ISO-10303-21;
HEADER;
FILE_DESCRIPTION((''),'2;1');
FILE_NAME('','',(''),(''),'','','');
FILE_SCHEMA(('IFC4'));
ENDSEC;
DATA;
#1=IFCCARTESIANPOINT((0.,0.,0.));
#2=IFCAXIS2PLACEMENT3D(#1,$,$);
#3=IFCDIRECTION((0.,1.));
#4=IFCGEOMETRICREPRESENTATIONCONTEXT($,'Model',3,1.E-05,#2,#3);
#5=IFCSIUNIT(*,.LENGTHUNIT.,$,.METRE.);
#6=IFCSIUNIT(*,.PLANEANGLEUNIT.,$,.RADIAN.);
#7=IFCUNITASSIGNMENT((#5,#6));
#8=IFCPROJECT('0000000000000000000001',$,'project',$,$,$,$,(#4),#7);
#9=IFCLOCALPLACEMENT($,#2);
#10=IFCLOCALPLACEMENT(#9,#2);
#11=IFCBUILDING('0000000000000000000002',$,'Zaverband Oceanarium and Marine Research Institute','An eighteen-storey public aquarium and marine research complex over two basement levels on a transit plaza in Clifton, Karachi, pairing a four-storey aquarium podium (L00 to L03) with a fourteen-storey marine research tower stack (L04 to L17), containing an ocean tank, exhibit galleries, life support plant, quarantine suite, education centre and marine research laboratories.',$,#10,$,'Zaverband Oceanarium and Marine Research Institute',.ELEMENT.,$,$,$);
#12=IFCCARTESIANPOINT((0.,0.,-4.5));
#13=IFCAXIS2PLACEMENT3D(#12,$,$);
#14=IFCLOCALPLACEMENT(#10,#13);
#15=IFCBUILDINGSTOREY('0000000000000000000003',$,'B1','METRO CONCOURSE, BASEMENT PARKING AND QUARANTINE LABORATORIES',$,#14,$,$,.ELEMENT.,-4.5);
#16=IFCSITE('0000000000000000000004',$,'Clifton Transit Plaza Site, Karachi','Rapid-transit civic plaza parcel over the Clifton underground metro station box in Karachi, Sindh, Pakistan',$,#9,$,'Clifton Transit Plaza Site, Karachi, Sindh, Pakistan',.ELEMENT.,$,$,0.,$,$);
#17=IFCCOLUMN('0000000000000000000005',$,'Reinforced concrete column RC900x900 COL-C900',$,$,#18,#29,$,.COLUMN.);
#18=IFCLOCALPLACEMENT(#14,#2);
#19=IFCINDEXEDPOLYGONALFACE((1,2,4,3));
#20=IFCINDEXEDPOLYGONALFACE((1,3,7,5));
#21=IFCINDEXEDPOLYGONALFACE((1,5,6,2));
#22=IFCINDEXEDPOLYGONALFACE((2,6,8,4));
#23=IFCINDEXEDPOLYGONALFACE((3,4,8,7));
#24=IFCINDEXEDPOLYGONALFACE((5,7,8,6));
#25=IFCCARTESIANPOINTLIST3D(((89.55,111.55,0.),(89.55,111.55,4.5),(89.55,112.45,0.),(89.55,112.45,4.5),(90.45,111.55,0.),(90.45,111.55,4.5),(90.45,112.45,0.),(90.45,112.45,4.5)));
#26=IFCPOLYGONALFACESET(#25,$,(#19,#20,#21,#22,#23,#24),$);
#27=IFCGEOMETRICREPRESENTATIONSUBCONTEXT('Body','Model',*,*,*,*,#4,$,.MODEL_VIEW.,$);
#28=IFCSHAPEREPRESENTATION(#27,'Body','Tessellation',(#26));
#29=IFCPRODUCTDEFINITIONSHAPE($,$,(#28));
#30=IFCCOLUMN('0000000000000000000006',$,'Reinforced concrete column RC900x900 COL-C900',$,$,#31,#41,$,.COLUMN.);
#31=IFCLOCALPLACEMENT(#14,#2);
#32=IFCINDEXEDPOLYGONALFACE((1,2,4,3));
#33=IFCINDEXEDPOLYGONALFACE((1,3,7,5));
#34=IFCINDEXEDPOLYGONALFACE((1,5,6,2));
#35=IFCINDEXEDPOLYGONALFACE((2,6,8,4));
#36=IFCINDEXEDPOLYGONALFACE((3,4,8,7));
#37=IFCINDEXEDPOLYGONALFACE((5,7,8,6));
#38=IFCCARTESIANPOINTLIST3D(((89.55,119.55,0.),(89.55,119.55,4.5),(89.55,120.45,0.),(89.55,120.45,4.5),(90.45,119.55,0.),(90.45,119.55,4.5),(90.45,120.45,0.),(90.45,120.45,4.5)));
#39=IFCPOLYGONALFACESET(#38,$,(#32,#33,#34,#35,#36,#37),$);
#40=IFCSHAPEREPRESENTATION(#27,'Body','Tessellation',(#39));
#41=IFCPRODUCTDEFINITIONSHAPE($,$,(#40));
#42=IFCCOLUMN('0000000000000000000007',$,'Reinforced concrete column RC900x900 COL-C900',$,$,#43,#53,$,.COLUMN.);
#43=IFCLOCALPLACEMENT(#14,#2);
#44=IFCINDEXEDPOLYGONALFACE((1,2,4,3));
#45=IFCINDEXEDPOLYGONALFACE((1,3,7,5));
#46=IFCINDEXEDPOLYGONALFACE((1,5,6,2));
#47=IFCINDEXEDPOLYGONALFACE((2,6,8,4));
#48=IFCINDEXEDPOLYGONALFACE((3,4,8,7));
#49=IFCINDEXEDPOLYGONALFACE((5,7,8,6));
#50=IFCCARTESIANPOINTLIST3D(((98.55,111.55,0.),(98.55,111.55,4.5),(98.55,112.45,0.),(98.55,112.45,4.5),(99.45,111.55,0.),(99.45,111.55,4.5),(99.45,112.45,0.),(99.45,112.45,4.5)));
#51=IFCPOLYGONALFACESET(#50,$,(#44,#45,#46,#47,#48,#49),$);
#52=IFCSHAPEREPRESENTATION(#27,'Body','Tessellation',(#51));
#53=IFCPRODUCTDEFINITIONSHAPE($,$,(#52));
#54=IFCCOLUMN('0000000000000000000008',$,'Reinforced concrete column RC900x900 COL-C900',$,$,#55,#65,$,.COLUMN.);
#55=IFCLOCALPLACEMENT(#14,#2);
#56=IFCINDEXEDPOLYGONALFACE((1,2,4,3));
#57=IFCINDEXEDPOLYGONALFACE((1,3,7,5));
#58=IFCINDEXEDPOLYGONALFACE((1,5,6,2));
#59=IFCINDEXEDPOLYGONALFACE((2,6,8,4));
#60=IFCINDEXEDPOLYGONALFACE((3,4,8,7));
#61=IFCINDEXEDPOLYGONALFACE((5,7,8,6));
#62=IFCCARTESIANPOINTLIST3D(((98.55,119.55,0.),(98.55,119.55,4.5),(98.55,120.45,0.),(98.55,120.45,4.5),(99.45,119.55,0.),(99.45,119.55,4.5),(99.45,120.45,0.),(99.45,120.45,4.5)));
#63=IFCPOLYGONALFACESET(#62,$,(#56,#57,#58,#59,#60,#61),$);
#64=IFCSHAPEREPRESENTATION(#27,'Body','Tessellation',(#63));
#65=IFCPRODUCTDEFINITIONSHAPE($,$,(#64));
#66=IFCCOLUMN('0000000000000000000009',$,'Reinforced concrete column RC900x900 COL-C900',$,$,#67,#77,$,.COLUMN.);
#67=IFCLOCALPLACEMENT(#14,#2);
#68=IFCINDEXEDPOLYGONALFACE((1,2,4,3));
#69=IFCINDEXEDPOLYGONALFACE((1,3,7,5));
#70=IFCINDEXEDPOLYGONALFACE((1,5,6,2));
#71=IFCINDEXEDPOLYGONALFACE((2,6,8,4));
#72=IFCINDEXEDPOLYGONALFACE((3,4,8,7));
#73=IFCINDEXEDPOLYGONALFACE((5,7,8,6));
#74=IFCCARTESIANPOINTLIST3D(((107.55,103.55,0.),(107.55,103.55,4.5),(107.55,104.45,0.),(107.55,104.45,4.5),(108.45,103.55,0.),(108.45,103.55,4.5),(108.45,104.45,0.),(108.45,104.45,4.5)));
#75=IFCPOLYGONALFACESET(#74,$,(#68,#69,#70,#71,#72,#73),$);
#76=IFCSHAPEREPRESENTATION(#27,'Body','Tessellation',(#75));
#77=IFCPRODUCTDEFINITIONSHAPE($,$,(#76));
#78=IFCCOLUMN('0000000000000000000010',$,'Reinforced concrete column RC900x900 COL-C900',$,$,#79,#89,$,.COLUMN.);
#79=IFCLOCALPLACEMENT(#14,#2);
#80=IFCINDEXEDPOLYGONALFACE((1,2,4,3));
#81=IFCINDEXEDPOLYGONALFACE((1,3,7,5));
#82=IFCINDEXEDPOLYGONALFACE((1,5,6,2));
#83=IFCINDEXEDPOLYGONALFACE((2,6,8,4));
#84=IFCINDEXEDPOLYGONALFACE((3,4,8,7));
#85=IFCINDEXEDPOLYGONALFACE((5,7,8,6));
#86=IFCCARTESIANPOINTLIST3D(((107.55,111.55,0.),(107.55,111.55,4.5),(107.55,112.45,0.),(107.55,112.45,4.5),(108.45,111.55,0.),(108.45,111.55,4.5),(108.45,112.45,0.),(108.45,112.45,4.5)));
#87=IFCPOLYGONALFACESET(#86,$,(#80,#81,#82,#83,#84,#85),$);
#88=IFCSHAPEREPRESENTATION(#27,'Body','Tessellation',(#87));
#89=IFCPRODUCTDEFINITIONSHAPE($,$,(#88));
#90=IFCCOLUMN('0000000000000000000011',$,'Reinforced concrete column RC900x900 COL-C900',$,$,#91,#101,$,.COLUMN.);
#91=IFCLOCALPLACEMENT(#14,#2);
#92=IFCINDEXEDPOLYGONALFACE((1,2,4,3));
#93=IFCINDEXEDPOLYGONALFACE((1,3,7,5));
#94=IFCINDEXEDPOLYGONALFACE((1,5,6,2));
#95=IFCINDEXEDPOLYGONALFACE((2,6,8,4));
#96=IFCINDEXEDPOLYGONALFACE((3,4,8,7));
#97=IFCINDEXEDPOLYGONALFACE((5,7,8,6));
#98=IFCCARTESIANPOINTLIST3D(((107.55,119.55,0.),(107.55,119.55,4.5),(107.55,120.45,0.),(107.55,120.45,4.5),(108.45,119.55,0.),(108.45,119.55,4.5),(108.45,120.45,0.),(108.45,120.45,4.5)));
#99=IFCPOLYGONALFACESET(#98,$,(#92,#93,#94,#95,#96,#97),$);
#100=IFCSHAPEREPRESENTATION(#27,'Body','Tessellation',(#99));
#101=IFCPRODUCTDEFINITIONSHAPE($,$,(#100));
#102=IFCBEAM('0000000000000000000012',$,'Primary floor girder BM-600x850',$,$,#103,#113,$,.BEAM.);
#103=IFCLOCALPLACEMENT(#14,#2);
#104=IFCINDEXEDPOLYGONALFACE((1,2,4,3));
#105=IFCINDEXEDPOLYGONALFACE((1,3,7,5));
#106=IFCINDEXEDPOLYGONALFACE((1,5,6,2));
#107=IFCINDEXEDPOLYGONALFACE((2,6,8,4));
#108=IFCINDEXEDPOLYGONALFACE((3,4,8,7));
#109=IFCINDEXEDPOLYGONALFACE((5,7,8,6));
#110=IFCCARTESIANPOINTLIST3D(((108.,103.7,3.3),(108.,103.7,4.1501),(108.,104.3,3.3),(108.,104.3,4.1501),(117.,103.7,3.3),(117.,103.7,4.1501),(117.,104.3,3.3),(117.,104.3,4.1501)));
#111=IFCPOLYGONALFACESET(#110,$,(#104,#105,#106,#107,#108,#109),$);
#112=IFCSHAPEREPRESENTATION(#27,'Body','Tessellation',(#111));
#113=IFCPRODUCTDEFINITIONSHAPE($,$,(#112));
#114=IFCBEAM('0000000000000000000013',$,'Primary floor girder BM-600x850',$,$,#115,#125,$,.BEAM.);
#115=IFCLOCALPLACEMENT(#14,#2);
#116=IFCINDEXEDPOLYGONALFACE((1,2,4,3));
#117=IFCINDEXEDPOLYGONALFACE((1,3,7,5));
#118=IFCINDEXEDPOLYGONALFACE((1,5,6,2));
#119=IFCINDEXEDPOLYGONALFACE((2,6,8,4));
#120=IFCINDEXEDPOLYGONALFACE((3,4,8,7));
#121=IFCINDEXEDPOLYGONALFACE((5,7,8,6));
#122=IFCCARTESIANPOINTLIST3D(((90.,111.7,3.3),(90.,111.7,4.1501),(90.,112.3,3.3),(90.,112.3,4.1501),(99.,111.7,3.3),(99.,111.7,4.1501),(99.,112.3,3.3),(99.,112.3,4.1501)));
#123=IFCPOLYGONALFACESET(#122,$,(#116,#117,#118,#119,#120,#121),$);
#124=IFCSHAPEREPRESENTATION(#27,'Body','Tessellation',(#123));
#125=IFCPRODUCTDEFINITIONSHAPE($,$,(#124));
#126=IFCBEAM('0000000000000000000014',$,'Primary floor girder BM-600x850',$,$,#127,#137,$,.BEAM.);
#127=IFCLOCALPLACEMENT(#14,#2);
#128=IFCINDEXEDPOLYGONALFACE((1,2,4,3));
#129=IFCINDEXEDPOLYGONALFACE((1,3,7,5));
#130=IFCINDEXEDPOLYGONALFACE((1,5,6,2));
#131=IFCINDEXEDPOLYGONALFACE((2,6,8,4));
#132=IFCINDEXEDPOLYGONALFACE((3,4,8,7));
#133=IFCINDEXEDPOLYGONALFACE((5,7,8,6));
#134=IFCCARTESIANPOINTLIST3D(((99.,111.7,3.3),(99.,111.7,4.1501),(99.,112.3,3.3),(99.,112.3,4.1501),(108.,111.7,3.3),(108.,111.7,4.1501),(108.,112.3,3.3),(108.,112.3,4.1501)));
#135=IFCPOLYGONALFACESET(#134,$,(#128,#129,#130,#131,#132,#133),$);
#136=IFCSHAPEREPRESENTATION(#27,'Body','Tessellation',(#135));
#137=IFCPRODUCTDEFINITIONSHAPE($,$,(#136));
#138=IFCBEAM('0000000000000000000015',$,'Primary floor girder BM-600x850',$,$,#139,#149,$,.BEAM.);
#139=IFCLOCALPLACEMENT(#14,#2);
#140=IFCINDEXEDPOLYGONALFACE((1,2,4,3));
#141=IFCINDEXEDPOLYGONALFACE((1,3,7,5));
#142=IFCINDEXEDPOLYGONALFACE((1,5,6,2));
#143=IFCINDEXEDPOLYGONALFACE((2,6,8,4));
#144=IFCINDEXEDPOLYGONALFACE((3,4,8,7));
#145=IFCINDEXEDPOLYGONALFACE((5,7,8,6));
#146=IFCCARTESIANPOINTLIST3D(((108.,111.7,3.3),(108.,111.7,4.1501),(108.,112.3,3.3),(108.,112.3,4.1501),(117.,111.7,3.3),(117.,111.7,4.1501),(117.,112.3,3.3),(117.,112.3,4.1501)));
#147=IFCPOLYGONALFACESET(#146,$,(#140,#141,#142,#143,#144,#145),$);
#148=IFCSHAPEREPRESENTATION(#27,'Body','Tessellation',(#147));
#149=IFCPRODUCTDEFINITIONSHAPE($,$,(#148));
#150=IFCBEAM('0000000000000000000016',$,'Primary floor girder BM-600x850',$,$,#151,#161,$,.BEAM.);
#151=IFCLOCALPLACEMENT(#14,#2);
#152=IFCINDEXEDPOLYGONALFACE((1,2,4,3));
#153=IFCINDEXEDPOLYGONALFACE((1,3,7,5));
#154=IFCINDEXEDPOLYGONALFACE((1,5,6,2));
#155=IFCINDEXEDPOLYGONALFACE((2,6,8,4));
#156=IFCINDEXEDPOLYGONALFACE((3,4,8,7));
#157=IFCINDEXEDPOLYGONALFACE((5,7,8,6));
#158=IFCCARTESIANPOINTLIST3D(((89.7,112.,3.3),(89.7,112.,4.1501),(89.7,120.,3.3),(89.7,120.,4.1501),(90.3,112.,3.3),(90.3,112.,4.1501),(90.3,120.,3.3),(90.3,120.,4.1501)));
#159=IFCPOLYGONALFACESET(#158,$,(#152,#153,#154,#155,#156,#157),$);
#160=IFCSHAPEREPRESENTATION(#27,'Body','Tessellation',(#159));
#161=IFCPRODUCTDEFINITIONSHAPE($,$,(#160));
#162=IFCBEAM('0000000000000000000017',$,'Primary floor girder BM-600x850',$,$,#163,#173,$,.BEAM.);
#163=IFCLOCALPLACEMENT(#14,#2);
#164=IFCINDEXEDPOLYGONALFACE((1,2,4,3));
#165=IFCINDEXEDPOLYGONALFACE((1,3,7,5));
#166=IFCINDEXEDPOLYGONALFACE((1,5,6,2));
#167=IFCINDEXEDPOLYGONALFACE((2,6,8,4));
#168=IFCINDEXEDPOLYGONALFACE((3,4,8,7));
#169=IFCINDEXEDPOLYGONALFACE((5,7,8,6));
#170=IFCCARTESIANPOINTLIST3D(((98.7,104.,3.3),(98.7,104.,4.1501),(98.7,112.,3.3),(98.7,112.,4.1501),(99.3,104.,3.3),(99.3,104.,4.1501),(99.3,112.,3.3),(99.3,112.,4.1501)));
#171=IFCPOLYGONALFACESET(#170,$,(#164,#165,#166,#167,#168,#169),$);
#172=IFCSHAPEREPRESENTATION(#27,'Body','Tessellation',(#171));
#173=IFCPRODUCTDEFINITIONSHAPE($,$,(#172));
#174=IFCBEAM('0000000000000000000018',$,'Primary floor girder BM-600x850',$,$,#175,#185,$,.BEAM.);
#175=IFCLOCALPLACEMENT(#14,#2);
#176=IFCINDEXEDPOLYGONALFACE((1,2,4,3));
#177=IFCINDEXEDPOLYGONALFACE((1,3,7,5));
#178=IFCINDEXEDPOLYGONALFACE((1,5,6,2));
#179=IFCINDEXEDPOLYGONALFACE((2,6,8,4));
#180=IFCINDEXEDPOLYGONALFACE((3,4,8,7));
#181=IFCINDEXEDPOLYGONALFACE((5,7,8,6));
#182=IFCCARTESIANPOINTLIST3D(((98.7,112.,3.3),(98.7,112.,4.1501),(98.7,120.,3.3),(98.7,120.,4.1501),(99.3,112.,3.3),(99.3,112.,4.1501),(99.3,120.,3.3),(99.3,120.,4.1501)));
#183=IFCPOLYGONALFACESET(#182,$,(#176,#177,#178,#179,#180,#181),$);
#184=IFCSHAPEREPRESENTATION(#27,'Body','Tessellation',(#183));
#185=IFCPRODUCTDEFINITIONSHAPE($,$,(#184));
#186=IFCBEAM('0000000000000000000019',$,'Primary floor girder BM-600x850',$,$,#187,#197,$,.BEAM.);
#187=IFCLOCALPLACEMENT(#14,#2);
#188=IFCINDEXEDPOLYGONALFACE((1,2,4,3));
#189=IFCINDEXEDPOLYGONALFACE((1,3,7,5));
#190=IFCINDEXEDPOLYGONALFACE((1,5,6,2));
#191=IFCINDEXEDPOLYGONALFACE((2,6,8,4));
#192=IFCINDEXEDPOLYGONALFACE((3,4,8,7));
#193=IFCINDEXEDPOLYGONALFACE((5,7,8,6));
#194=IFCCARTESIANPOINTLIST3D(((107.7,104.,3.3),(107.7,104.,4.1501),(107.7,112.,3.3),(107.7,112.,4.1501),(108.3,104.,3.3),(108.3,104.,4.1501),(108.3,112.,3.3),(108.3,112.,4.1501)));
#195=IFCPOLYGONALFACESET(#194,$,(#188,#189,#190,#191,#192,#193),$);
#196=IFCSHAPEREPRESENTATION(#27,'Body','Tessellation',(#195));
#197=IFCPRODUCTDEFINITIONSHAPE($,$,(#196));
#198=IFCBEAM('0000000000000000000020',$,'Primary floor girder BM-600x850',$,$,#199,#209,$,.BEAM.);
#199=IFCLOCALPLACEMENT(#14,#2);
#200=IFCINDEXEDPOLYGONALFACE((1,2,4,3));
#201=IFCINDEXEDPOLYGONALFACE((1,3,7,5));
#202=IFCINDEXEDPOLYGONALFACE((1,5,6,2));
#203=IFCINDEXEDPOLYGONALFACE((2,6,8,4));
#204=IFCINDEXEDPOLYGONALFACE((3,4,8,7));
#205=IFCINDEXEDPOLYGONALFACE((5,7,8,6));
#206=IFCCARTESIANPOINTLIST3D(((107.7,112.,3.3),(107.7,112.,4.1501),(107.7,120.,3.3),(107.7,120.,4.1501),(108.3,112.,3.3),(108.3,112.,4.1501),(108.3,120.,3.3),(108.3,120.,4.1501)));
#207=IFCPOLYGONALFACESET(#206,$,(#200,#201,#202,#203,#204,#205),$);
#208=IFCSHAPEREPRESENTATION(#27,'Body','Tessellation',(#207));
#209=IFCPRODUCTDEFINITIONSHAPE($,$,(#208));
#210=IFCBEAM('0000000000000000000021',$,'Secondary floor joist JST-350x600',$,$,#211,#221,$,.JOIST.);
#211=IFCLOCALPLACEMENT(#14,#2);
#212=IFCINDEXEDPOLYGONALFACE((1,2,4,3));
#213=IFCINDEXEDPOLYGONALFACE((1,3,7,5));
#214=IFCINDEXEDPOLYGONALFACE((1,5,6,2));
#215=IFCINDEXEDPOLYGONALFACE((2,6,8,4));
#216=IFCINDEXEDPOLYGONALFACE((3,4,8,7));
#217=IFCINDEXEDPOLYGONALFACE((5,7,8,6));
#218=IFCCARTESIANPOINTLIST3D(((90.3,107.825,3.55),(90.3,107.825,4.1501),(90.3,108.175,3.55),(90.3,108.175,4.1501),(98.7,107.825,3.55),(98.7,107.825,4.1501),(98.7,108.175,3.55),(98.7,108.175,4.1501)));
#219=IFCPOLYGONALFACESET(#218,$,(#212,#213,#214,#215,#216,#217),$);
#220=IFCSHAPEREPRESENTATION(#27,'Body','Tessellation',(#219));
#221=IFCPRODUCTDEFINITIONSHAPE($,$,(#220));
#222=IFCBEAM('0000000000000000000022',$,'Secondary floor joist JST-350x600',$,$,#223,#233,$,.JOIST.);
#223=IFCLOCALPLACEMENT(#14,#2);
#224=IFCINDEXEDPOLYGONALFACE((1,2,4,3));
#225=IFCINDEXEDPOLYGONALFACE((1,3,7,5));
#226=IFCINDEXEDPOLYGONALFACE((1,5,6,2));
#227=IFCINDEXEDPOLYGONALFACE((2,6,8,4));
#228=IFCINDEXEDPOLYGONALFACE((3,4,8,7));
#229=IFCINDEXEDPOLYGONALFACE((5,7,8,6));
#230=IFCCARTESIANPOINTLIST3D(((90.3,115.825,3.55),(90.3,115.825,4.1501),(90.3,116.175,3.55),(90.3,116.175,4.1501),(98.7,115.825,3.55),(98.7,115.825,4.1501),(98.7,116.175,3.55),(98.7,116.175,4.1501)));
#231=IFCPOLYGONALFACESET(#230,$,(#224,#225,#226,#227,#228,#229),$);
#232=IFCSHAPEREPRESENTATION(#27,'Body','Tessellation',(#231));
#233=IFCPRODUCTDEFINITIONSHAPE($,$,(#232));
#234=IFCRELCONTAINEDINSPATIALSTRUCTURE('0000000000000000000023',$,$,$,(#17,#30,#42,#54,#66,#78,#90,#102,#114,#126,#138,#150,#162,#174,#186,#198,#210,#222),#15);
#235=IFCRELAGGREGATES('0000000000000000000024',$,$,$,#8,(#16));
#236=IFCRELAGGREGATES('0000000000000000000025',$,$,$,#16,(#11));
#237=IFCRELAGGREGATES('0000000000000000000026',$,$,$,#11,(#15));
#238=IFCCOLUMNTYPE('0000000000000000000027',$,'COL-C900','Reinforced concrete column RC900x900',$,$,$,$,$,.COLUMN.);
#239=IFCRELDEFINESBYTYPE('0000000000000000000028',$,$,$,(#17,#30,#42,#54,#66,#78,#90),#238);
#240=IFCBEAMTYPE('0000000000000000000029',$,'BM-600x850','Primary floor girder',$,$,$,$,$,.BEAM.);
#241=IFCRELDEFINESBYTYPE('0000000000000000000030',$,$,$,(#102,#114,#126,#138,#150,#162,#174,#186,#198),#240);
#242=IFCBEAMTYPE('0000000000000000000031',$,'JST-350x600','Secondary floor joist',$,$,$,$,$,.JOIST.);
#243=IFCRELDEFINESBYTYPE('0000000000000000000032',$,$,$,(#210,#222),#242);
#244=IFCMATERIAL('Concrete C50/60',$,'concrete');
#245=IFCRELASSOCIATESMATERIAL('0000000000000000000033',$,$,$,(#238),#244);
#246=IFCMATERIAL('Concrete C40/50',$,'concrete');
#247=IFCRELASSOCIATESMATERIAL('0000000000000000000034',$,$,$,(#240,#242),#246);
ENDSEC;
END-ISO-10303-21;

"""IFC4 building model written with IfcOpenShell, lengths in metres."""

from ifc_helpers import new_model, si_unit, direction, frame, origin, origin_2d, place, context, subcontext, project, spatial, rectangle, extrude, material, material_profile, profile_set, type_object, element, save


model = new_model("IFC4")

# Units and contexts
model_context = context("Model", 3, precision=1e-05, world=origin(), true_north=direction((0.0, 1.0)))
body_context = subcontext(model_context, "Body", "Model", "MODEL_VIEW")
ifc_project = project(units=[si_unit("LENGTHUNIT", "METRE"), si_unit("PLANEANGLEUNIT", "RADIAN")], contexts=[model_context])

# Site, building, storey
site_placement = place(None, origin())
site = spatial("IfcSite", under=ifc_project, at=site_placement, Name="Clifton Transit Plaza Site, Karachi", Description="Rapid-transit civic plaza parcel over the Clifton underground metro station box in Karachi, Sindh, Pakistan", LongName="Clifton Transit Plaza Site, Karachi, Sindh, Pakistan", CompositionType="ELEMENT", RefElevation=0.0)
building_placement = place(site_placement, origin())
building = spatial("IfcBuilding", under=site, at=building_placement, Name="Zaverband Oceanarium and Marine Research Institute", Description="An eighteen-storey public aquarium and marine research complex over two basement levels on a transit plaza in Clifton, Karachi, pairing a four-storey aquarium podium (L00 to L03) with a fourteen-storey marine research tower stack (L04 to L17), containing an ocean tank, exhibit galleries, life support plant, quarantine suite, education centre and marine research laboratories.", LongName="Zaverband Oceanarium and Marine Research Institute", CompositionType="ELEMENT")
storey_placement = place(building_placement, frame((0.0, 0.0, -4.5)))
storey = spatial("IfcBuildingStorey", under=building, at=storey_placement, Name="B1", Description="METRO CONCOURSE, BASEMENT PARKING AND QUARANTINE LABORATORIES", CompositionType="ELEMENT", Elevation=-4.5)

# Columns
ifc_material_1 = material(Name="Concrete C50/60", Category="concrete")
ifc_material_profile_1 = material_profile(ifc_material_1, rectangle(XDim=0.8999, YDim=0.8999, at=origin_2d()), Name="RC900x900")
ifc_profile_set_1 = profile_set([ifc_material_profile_1], Name="Concrete C50/60")
column_type = type_object("IfcColumnType", Name="COL-C900", Description="Reinforced concrete column RC900x900", PredefinedType="COLUMN", material=ifc_profile_set_1)
for number, where, z_axis, x_axis, name in (
    (1, (90.0, 112.0, 0.0), (0.0, 0.0, 1.0), (1.0, 0.0, 0.0), "Reinforced concrete column RC900x900 COL-C900"),
    (2, (90.0, 120.0, 0.0), (0.0, 0.0, 1.0), (1.0, 0.0, 0.0), "Reinforced concrete column RC900x900 COL-C900"),
    (3, (99.0, 112.0, 0.0), (0.0, 0.0, 1.0), (1.0, 0.0, 0.0), "Reinforced concrete column RC900x900 COL-C900"),
    (4, (99.0, 120.0, 0.0), (0.0, 0.0, 1.0), (1.0, 0.0, 0.0), "Reinforced concrete column RC900x900 COL-C900"),
    (5, (108.0, 104.0, 0.0), (0.0, 0.0, 1.0), (1.0, 0.0, 0.0), "Reinforced concrete column RC900x900 COL-C900"),
    (6, (108.0, 112.0, 0.0), (0.0, 0.0, 1.0), (1.0, 0.0, 0.0), "Reinforced concrete column RC900x900 COL-C900"),
    (7, (108.0, 120.0, 0.0), (0.0, 0.0, 1.0), (1.0, 0.0, 0.0), "Reinforced concrete column RC900x900 COL-C900"),
):
    element("IfcColumn", number, at=place(storey_placement, frame(where, z_axis=z_axis, x_axis=x_axis)), inside=storey, type_object=column_type, Name=name, PredefinedType="COLUMN", context=body_context, shape_type="SweptSolid", body=[
        extrude(rectangle(XDim=0.8999, YDim=0.8999, at=origin_2d()), origin(), (0.0, 0.0, 1.0), 4.5),
    ])

# Beams
ifc_material_2 = material(Name="Concrete C40/50", Category="concrete")
ifc_material_profile_2 = material_profile(ifc_material_2, rectangle(XDim=0.6001, YDim=0.8501, at=origin_2d()), Name="RC600x850")
ifc_profile_set_2 = profile_set([ifc_material_profile_2], Name="Concrete C40/50")
beam_type_1 = type_object("IfcBeamType", Name="BM-600x850", Description="Primary floor girder", PredefinedType="BEAM", material=ifc_profile_set_2)
for number, where, z_axis, x_axis, name in (
    (8, (108.0, 104.0, 3.7251), (1.0, 0.0, 0.0), (0.0, 1.0, 0.0), "Primary floor girder BM-600x850"),
    (9, (90.0, 112.0, 3.7251), (1.0, 0.0, 0.0), (0.0, 1.0, 0.0), "Primary floor girder BM-600x850"),
    (10, (99.0, 112.0, 3.7251), (1.0, 0.0, 0.0), (0.0, 1.0, 0.0), "Primary floor girder BM-600x850"),
    (11, (108.0, 112.0, 3.7251), (1.0, 0.0, 0.0), (0.0, 1.0, 0.0), "Primary floor girder BM-600x850"),
):
    element("IfcBeam", number, at=place(storey_placement, frame(where, z_axis=z_axis, x_axis=x_axis)), inside=storey, type_object=beam_type_1, Name=name, PredefinedType="BEAM", context=body_context, shape_type="SweptSolid", body=[
        extrude(rectangle(XDim=0.6001, YDim=0.8501, at=origin_2d()), origin(), (0.0, 0.0, 1.0), 9.0),
    ])
for number, where, z_axis, x_axis, name in (
    (12, (90.0, 112.0, 3.7251), (0.0, 1.0, 0.0), (-1.0, 0.0, 0.0), "Primary floor girder BM-600x850"),
    (13, (99.0, 104.0, 3.7251), (0.0, 1.0, 0.0), (-1.0, 0.0, 0.0), "Primary floor girder BM-600x850"),
    (14, (99.0, 112.0, 3.7251), (0.0, 1.0, 0.0), (-1.0, 0.0, 0.0), "Primary floor girder BM-600x850"),
    (15, (108.0, 104.0, 3.7251), (0.0, 1.0, 0.0), (-1.0, 0.0, 0.0), "Primary floor girder BM-600x850"),
    (16, (108.0, 112.0, 3.7251), (0.0, 1.0, 0.0), (-1.0, 0.0, 0.0), "Primary floor girder BM-600x850"),
):
    element("IfcBeam", number, at=place(storey_placement, frame(where, z_axis=z_axis, x_axis=x_axis)), inside=storey, type_object=beam_type_1, Name=name, PredefinedType="BEAM", context=body_context, shape_type="SweptSolid", body=[
        extrude(rectangle(XDim=0.6001, YDim=0.8501, at=origin_2d()), origin(), (0.0, 0.0, 1.0), 8.0),
    ])
ifc_material_profile_3 = material_profile(ifc_material_2, rectangle(XDim=0.3501, YDim=0.6001, at=origin_2d()), Name="RC350x600")
ifc_profile_set_3 = profile_set([ifc_material_profile_3], Name="Concrete C40/50")
beam_type_2 = type_object("IfcBeamType", Name="JST-350x600", Description="Secondary floor joist", PredefinedType="JOIST", material=ifc_profile_set_3)
for number, where, z_axis, x_axis, name in (
    (17, (90.3, 108.0, 3.8501), (1.0, 0.0, 0.0), (0.0, 1.0, 0.0), "Secondary floor joist JST-350x600"),
    (18, (90.3, 116.0, 3.8501), (1.0, 0.0, 0.0), (0.0, 1.0, 0.0), "Secondary floor joist JST-350x600"),
):
    element("IfcBeam", number, at=place(storey_placement, frame(where, z_axis=z_axis, x_axis=x_axis)), inside=storey, type_object=beam_type_2, Name=name, PredefinedType="JOIST", context=body_context, shape_type="SweptSolid", body=[
        extrude(rectangle(XDim=0.3501, YDim=0.6001, at=origin_2d()), origin(), (0.0, 0.0, 1.0), 8.3999),
    ])

save(model, "model.ifc")
